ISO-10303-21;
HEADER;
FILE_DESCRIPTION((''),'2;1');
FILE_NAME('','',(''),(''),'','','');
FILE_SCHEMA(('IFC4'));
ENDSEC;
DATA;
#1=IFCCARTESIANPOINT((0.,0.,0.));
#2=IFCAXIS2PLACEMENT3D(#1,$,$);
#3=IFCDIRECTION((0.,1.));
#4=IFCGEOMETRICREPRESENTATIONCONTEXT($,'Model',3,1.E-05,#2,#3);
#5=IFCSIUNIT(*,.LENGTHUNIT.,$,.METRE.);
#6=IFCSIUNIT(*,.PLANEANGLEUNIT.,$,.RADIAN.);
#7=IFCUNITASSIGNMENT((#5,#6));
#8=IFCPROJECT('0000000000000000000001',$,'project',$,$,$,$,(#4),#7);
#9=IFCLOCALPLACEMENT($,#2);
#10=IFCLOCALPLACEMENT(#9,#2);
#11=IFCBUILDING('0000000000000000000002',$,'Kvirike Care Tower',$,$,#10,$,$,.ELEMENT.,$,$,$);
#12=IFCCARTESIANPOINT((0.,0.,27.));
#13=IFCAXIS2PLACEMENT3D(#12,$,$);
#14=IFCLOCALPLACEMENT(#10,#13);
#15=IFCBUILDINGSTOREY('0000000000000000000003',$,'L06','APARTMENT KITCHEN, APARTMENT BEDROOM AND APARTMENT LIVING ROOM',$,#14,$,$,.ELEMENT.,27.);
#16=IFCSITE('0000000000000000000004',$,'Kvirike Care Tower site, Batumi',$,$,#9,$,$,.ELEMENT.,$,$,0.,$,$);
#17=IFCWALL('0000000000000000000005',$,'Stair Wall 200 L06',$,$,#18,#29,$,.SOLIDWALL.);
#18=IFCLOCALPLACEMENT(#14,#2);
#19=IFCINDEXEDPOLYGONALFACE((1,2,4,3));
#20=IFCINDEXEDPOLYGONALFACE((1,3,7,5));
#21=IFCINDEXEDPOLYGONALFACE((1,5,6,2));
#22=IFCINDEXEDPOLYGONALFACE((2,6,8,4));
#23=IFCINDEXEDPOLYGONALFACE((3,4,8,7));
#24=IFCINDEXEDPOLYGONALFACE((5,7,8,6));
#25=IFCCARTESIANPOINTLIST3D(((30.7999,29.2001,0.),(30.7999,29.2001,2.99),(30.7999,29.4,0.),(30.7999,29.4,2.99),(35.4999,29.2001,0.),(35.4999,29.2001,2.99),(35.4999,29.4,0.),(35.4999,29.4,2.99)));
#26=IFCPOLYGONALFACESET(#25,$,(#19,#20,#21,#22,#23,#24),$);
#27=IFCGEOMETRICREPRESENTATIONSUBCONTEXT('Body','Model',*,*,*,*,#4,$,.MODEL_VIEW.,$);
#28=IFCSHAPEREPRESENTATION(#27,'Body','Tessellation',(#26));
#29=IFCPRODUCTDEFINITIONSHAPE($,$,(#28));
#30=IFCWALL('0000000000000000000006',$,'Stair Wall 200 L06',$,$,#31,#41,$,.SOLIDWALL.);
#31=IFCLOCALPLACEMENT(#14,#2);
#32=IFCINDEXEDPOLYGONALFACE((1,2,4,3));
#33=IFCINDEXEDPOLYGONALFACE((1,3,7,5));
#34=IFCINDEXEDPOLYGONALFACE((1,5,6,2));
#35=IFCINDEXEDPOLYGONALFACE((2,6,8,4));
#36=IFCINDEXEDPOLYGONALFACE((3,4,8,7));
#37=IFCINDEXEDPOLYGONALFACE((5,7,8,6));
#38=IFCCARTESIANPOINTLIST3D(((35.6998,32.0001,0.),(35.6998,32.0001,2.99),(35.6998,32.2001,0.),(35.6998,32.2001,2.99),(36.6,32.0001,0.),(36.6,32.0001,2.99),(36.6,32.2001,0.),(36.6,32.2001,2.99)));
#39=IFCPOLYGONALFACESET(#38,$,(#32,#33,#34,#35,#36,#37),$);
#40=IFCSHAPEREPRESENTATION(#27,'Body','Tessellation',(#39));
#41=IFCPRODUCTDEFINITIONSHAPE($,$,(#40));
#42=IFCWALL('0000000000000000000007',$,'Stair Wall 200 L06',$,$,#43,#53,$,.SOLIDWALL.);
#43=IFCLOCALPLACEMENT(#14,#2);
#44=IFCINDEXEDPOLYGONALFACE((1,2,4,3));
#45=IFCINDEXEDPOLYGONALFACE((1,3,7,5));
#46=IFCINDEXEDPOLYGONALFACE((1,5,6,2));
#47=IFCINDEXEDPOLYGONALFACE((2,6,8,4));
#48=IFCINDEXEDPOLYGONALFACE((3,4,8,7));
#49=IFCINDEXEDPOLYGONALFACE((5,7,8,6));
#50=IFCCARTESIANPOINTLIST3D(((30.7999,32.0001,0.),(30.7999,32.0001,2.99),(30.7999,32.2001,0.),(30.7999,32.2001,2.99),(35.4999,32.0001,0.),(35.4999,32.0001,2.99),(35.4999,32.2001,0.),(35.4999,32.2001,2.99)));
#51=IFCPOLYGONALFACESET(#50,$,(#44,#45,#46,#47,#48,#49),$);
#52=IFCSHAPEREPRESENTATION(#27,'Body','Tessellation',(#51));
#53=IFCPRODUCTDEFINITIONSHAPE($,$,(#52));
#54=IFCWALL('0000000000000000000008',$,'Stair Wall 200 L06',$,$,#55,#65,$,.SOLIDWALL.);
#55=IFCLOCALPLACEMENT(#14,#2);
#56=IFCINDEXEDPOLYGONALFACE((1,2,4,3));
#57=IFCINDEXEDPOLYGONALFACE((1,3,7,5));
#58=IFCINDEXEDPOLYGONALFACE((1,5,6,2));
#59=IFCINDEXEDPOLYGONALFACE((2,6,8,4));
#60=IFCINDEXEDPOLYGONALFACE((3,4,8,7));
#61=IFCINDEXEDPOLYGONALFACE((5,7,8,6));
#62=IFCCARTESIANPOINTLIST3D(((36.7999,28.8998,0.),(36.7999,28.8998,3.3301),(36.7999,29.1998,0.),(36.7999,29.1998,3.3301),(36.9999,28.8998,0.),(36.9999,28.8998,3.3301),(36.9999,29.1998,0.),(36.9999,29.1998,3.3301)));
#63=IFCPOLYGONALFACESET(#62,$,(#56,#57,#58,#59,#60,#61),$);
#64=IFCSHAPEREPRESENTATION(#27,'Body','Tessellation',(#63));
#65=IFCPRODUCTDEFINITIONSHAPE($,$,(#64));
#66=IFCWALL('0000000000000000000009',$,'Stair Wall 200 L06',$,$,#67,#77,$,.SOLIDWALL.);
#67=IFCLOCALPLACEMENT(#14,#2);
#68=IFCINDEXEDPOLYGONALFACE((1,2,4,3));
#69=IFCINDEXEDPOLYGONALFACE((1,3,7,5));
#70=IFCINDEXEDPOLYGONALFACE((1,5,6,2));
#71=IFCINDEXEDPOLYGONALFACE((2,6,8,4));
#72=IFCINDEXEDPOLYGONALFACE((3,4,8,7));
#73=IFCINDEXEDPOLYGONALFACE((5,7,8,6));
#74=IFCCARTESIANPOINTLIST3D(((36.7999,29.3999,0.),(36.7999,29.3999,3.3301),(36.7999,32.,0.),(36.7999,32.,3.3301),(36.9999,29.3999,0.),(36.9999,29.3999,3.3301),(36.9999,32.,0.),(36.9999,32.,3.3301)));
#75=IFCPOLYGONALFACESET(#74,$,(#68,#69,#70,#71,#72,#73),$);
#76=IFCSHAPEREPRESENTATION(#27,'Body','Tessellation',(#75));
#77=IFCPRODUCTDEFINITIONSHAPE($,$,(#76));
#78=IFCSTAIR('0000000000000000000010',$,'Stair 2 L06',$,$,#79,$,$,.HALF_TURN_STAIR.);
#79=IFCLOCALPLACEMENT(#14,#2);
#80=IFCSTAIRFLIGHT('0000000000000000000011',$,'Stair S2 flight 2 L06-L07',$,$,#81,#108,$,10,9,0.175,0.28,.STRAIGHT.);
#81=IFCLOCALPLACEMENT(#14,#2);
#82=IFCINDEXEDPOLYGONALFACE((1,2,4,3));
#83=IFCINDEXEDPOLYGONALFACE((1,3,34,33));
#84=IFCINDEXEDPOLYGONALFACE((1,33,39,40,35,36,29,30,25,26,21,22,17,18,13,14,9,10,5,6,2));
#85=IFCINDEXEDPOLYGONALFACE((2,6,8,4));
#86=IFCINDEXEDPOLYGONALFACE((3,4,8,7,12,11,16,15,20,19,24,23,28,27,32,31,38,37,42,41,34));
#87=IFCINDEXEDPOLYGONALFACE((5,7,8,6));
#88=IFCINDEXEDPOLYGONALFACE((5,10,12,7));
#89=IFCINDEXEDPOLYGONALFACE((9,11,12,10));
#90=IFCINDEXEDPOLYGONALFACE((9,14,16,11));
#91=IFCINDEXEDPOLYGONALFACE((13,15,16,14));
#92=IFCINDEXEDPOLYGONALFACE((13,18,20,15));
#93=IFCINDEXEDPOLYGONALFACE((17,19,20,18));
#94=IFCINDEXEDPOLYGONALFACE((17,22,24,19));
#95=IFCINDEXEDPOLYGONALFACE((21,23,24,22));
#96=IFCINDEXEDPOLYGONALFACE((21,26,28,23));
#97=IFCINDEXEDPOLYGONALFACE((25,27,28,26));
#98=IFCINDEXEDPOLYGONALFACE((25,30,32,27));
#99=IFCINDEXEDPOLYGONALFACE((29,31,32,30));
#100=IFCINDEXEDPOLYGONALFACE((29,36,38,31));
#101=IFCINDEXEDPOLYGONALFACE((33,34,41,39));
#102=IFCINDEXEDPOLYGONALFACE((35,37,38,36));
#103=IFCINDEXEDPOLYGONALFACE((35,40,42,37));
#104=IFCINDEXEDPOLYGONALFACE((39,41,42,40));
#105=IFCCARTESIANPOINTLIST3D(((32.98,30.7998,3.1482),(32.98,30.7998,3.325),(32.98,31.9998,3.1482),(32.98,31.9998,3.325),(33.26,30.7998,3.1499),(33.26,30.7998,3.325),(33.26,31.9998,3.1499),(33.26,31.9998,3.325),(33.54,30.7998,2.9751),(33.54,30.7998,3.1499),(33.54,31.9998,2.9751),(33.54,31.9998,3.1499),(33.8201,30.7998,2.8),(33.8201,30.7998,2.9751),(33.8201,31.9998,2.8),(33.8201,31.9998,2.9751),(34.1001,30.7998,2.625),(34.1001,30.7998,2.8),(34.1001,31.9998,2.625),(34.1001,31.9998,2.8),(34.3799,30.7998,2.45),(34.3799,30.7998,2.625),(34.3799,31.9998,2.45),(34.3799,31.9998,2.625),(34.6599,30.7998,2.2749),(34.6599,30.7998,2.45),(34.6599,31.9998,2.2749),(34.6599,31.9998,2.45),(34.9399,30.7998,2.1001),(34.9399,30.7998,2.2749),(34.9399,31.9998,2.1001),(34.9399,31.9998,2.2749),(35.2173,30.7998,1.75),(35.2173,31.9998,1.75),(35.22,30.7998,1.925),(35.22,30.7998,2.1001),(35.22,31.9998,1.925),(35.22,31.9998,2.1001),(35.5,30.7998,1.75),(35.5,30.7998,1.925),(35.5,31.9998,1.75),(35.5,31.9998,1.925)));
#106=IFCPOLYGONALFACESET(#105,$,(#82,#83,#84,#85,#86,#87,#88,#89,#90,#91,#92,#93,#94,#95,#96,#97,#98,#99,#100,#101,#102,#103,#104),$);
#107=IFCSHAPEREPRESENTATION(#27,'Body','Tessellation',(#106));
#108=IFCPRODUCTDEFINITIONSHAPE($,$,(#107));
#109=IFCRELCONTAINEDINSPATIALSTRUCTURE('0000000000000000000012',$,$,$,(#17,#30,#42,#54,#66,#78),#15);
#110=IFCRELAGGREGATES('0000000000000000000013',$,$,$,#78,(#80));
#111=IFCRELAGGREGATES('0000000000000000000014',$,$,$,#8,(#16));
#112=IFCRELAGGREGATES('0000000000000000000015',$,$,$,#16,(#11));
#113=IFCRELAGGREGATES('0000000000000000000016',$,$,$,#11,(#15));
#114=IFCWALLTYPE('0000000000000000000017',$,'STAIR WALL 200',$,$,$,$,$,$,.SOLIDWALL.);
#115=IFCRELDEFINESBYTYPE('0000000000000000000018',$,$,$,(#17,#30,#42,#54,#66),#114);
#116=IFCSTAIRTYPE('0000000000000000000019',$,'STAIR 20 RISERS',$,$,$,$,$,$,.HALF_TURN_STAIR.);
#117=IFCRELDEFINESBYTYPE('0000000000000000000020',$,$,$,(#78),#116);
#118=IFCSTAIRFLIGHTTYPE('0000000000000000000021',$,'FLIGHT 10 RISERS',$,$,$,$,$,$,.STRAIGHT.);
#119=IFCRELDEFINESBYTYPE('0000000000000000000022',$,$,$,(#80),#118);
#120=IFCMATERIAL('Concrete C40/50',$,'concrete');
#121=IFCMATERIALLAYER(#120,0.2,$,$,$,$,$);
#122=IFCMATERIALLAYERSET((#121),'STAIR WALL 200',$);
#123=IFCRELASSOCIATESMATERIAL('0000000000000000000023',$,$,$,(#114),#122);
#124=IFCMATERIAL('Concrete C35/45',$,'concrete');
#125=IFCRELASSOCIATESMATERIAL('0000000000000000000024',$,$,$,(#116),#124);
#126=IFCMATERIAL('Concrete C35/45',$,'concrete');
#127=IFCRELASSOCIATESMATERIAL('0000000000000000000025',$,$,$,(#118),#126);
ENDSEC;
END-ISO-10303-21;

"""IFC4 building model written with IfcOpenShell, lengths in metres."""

from ifc_helpers import new_model, si_unit, direction, frame, frame_2d, origin, place, context, subcontext, project, spatial, polyline, rectangle, outline, extrude, material, layer, layer_set, type_object, element, aggregate, save


model = new_model("IFC4")

# Units and contexts
model_context = context("Model", 3, precision=1e-05, world=origin(), true_north=direction((0.0, 1.0)))
body_context = subcontext(model_context, "Body", "Model", "MODEL_VIEW")
ifc_project = project(units=[si_unit("LENGTHUNIT", "METRE"), si_unit("PLANEANGLEUNIT", "RADIAN")], contexts=[model_context])

# Site, building, storey
site_placement = place(None, origin())
site = spatial("IfcSite", under=ifc_project, at=site_placement, Name="Kvirike Care Tower site, Batumi", CompositionType="ELEMENT", RefElevation=0.0)
building_placement = place(site_placement, origin())
building = spatial("IfcBuilding", under=site, at=building_placement, Name="Kvirike Care Tower", CompositionType="ELEMENT")
storey_placement = place(building_placement, frame((0.0, 0.0, 27.0)))
storey = spatial("IfcBuildingStorey", under=building, at=storey_placement, Name="L06", Description="APARTMENT KITCHEN, APARTMENT BEDROOM AND APARTMENT LIVING ROOM", CompositionType="ELEMENT", Elevation=27.0)

# Walls
ifc_material_1 = material(Name="Concrete C40/50", Category="concrete")
ifc_layer_1 = layer(ifc_material_1, 0.2)
ifc_layer_set_1 = layer_set([ifc_layer_1], Name="STAIR WALL 200")
wall_type_1 = type_object("IfcWallType", Name="STAIR WALL 200", PredefinedType="SOLIDWALL", material=ifc_layer_set_1)
wall_1_placement = place(storey_placement, frame((35.5, 29.3, 0.0), z_axis=(0.0, 0.0, 1.0), x_axis=(-1.0, 0.0, 0.0)))
element("IfcWall", 1, at=wall_1_placement, inside=storey, type_object=wall_type_1, Name="Stair Wall 200 L06", PredefinedType="SOLIDWALL", context=body_context, shape_type="SweptSolid", body=[
    extrude(rectangle(XDim=4.7, YDim=0.2, at=frame_2d((2.3501, 0.0))), origin(), (0.0, 0.0, 1.0), 2.99),
])
wall_2_placement = place(storey_placement, frame((36.6001, 32.1001, 0.0), z_axis=(0.0, 0.0, 1.0), x_axis=(-1.0, 0.0, 0.0)))
element("IfcWall", 2, at=wall_2_placement, inside=storey, type_object=wall_type_1, Name="Stair Wall 200 L06", PredefinedType="SOLIDWALL", context=body_context, shape_type="SweptSolid", body=[
    extrude(rectangle(XDim=0.9001, YDim=0.2, at=frame_2d((0.4502, 0.0))), origin(), (0.0, 0.0, 1.0), 2.99),
])
wall_3_placement = place(storey_placement, frame((35.5, 32.1001, 0.0), z_axis=(0.0, 0.0, 1.0), x_axis=(-1.0, 0.0, 0.0)))
element("IfcWall", 3, at=wall_3_placement, inside=storey, type_object=wall_type_1, Name="Stair Wall 200 L06", PredefinedType="SOLIDWALL", context=body_context, shape_type="SweptSolid", body=[
    extrude(rectangle(XDim=4.7, YDim=0.2, at=frame_2d((2.3501, 0.0))), origin(), (0.0, 0.0, 1.0), 2.99),
])
wall_4_placement = place(storey_placement, frame((36.8999, 28.8999, 0.0), z_axis=(0.0, 0.0, 1.0), x_axis=(0.0, 1.0, 0.0)))
element("IfcWall", 4, at=wall_4_placement, inside=storey, type_object=wall_type_1, Name="Stair Wall 200 L06", PredefinedType="SOLIDWALL", context=body_context, shape_type="SweptSolid", body=[
    extrude(rectangle(XDim=0.3, YDim=0.2, at=frame_2d((0.1499, 0.0))), origin(), (0.0, 0.0, 1.0), 3.3301),
])
wall_5_placement = place(storey_placement, frame((36.8999, 29.3999, 0.0), z_axis=(0.0, 0.0, 1.0), x_axis=(0.0, 1.0, 0.0)))
element("IfcWall", 5, at=wall_5_placement, inside=storey, type_object=wall_type_1, Name="Stair Wall 200 L06", PredefinedType="SOLIDWALL", context=body_context, shape_type="SweptSolid", body=[
    extrude(rectangle(XDim=2.6001, YDim=0.2, at=frame_2d((1.3, 0.0))), origin(), (0.0, 0.0, 1.0), 3.3301),
])

# Stair, stair flight
ifc_material_2 = material(Name="Concrete C35/45", Category="concrete")
stair_type = type_object("IfcStairType", Name="STAIR 20 RISERS", PredefinedType="HALF_TURN_STAIR", material=ifc_material_2)
stair_placement = place(storey_placement, origin())
stair = element("IfcStair", 6, at=stair_placement, inside=storey, type_object=stair_type, Name="Stair 2 L06", PredefinedType="HALF_TURN_STAIR")
ifc_material_3 = material(Name="Concrete C35/45", Category="concrete")
stair_flight_type = type_object("IfcStairFlightType", Name="FLIGHT 10 RISERS", PredefinedType="STRAIGHT", material=ifc_material_3)
stair_flight_placement = place(storey_placement, frame((35.5, 31.3999, 1.75), z_axis=(0.0, 0.0, 1.0), x_axis=(-1.0, 0.0, 0.0)))
stair_flight = element("IfcStairFlight", 7, at=stair_flight_placement, type_object=stair_flight_type, Name="Stair S2 flight 2 L06-L07", NumberOfRisers=10, NumberOfTreads=9, PredefinedType="STRAIGHT", RiserHeight=0.175, TreadLength=0.28, context=body_context, shape_type="SweptSolid", body=[
    extrude(outline(polyline([(0.0, 0.0), (0.0, 0.175), (0.28, 0.175), (0.28, 0.3501), (0.5601, 0.3501), (0.5601, 0.5249), (0.8401, 0.5249), (0.8401, 0.7), (1.1201, 0.7), (1.1201, 0.875), (1.3999, 0.875), (1.3999, 1.05), (1.6799, 1.05), (1.6799, 1.2251), (1.96, 1.2251), (1.96, 1.3999), (2.24, 1.3999), (2.24, 1.575), (2.52, 1.575), (2.52, 1.75), (2.52, 1.3982), (0.2827, 0.0), (0.0, 0.0)])), frame((0.0, 0.6001, 0.0), z_axis=(0.0, -1.0, 0.0), x_axis=(1.0, 0.0, 0.0)), (0.0, 0.0, 1.0), 1.2),
])
aggregate(stair, [stair_flight])

save(model, "model.ifc")
